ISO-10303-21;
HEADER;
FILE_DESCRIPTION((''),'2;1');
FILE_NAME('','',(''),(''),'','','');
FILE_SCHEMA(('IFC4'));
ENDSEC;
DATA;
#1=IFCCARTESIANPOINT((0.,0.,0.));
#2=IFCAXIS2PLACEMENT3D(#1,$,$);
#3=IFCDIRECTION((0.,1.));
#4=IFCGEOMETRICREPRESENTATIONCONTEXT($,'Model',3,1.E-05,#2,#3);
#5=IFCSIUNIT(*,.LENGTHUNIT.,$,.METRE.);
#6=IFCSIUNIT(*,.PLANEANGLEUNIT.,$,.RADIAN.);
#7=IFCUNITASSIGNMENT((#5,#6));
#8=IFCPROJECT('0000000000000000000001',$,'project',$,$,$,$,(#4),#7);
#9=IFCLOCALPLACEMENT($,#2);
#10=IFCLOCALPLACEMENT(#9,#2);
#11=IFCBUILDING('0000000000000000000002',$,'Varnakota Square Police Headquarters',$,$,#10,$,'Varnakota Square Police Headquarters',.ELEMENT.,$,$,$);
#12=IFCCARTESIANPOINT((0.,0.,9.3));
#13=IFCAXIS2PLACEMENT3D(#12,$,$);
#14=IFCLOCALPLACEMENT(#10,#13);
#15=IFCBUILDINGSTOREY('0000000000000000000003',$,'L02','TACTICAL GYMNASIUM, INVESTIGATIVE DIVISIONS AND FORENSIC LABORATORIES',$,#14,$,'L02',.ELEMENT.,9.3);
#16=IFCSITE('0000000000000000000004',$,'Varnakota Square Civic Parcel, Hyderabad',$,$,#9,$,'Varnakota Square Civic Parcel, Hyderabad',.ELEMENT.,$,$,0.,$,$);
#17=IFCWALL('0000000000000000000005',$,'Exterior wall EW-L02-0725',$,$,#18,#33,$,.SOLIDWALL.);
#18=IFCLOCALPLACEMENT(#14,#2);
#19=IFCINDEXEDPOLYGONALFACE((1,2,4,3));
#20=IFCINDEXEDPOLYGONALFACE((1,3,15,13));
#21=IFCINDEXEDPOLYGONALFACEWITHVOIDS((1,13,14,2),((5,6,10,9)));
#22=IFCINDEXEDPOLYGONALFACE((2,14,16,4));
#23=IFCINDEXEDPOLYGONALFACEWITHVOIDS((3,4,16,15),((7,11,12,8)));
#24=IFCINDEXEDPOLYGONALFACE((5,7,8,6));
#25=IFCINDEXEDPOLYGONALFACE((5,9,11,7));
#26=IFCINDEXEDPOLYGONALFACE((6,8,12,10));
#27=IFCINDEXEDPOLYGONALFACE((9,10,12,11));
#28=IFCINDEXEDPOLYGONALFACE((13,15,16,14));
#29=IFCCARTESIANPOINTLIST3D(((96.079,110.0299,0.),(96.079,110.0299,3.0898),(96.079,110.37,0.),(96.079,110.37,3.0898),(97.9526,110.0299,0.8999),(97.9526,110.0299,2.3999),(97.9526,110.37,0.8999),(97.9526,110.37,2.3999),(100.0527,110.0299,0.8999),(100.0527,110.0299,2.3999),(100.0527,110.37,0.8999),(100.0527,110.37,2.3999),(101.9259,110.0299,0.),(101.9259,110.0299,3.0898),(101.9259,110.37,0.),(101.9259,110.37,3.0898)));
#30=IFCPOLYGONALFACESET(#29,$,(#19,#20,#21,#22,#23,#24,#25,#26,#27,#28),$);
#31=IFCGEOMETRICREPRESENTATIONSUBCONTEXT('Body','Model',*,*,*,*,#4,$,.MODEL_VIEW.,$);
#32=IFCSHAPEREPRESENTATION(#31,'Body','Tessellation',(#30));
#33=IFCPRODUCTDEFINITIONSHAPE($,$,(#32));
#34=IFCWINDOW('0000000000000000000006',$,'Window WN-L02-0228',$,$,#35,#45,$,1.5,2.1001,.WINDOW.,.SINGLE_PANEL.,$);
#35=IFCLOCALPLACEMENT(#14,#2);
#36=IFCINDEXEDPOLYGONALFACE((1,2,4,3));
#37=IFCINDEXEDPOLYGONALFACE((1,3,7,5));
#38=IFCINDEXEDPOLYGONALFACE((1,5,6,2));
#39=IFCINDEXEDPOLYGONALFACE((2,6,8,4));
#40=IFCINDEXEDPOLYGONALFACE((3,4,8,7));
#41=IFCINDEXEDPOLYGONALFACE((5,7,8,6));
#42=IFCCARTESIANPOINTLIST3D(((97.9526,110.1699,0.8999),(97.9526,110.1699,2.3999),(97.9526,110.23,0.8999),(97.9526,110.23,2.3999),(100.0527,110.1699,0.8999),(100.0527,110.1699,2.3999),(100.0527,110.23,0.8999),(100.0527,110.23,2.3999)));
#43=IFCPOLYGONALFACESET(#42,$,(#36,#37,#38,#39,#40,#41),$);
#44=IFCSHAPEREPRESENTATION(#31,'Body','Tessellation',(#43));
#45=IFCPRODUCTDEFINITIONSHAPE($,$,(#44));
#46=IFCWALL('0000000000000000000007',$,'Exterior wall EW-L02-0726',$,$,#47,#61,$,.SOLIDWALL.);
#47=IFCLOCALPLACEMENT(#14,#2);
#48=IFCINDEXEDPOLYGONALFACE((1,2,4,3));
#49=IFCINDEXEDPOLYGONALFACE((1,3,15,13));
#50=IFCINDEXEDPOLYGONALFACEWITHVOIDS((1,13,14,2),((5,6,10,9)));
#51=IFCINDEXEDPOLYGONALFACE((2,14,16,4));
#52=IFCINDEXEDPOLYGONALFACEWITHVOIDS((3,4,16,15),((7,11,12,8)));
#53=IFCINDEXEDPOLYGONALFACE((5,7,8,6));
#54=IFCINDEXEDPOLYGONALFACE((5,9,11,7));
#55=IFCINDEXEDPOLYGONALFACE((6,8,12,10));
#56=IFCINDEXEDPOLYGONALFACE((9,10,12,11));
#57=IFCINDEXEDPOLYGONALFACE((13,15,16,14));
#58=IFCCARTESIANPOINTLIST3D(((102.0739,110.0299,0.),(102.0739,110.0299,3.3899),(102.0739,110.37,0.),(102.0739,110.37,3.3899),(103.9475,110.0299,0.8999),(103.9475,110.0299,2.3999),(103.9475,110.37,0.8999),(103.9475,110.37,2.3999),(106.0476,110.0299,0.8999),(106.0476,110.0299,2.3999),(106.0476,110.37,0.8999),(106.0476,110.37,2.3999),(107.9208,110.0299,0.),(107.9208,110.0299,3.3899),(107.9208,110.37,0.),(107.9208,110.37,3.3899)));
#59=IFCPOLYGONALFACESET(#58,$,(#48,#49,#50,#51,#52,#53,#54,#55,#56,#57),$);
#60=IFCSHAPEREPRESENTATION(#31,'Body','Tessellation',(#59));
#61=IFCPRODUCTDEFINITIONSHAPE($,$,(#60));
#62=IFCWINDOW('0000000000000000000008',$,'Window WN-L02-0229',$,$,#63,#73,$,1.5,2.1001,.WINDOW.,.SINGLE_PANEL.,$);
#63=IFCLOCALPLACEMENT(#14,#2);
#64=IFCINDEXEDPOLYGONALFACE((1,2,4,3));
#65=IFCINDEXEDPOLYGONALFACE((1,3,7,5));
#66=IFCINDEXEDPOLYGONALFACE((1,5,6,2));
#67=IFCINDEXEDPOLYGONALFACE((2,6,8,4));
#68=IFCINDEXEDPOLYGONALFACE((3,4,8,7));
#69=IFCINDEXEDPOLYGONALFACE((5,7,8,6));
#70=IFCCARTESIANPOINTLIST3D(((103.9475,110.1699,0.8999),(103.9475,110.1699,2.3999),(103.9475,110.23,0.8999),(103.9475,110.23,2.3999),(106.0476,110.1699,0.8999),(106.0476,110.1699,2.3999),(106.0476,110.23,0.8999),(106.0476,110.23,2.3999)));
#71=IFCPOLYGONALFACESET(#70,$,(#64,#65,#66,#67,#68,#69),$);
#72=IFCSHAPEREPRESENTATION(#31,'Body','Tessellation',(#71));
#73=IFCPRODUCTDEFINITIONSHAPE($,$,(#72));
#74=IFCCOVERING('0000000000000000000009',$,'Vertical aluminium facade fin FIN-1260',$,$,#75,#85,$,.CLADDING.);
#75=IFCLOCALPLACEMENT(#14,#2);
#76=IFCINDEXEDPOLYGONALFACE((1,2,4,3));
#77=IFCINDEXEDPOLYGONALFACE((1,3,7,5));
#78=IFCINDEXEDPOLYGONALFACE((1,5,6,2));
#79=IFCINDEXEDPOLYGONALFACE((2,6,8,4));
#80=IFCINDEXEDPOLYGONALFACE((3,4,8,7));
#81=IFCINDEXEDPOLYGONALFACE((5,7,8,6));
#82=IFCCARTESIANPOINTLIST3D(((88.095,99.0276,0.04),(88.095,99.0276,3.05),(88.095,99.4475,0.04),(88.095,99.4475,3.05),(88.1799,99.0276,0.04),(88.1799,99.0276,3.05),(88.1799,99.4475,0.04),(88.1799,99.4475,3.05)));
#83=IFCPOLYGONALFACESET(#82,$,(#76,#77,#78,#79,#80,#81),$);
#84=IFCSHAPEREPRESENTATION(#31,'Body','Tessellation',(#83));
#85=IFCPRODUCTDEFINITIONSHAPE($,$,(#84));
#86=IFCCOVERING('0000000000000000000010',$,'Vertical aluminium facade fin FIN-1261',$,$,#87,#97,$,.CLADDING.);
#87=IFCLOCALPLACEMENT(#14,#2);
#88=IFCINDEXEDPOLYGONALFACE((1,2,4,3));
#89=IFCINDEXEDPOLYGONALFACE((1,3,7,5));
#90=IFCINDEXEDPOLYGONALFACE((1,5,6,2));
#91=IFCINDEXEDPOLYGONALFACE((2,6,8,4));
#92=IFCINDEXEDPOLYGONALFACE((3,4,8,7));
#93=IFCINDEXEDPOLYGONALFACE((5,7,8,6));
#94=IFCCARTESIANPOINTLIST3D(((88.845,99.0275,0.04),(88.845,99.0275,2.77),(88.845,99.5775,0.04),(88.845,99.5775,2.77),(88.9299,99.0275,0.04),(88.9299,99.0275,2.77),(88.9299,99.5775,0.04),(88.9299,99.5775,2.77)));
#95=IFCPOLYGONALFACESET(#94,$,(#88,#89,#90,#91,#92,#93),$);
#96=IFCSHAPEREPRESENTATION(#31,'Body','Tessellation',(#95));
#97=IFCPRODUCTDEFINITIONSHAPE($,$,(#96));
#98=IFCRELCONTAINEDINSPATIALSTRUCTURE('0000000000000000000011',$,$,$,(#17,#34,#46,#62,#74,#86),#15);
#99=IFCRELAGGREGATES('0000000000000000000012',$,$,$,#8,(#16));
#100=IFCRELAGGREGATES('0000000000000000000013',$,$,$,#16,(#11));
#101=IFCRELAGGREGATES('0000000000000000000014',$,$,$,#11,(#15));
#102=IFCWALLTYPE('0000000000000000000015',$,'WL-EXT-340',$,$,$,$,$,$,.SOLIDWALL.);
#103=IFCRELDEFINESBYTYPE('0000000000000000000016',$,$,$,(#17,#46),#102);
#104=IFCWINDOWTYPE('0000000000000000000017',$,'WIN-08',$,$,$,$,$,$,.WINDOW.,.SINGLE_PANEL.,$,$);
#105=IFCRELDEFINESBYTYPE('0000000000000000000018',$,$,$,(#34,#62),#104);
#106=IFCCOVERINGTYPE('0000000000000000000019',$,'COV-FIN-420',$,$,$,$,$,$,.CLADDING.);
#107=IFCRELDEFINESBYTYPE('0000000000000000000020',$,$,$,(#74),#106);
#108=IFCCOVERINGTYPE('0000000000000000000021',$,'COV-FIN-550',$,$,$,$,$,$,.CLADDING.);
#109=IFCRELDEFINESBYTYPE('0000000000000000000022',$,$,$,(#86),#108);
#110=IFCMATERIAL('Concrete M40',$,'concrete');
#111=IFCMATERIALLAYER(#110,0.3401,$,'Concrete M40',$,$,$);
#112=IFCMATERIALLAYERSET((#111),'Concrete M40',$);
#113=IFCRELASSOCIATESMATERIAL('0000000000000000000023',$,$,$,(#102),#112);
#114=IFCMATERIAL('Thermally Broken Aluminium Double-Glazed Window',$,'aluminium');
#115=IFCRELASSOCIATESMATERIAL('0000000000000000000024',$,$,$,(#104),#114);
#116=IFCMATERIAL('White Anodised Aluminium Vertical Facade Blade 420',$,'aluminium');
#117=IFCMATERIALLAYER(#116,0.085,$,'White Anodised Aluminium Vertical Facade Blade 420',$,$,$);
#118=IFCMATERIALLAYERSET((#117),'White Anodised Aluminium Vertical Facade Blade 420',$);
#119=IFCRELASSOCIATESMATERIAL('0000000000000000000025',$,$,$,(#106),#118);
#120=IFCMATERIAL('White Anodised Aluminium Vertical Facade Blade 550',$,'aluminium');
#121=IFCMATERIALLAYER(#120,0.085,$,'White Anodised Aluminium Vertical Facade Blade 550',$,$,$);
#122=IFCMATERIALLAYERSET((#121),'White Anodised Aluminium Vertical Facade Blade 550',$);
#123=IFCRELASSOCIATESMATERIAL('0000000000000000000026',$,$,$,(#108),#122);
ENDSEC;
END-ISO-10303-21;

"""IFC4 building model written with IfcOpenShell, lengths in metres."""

from ifc_helpers import new_model, si_unit, direction, frame, frame_2d, origin, origin_2d, place, context, subcontext, project, spatial, rectangle, extrude, material, layer, layer_set, type_object, element, fill, save


model = new_model("IFC4")

# Units and contexts
model_context = context("Model", 3, precision=1e-05, world=origin(), true_north=direction((0.0, 1.0)))
body_context = subcontext(model_context, "Body", "Model", "MODEL_VIEW")
ifc_project = project(units=[si_unit("LENGTHUNIT", "METRE"), si_unit("PLANEANGLEUNIT", "RADIAN")], contexts=[model_context])

# Site, building, storey
site_placement = place(None, origin())
site = spatial("IfcSite", under=ifc_project, at=site_placement, Name="Varnakota Square Civic Parcel, Hyderabad", LongName="Varnakota Square Civic Parcel, Hyderabad", CompositionType="ELEMENT", RefElevation=0.0)
building_placement = place(site_placement, origin())
building = spatial("IfcBuilding", under=site, at=building_placement, Name="Varnakota Square Police Headquarters", LongName="Varnakota Square Police Headquarters", CompositionType="ELEMENT")
storey_placement = place(building_placement, frame((0.0, 0.0, 9.3)))
storey = spatial("IfcBuildingStorey", under=building, at=storey_placement, Name="L02", Description="TACTICAL GYMNASIUM, INVESTIGATIVE DIVISIONS AND FORENSIC LABORATORIES", LongName="L02", CompositionType="ELEMENT", Elevation=9.3)

# Walls, openings, windows
ifc_material_1 = material(Name="Concrete M40", Category="concrete")
ifc_layer_1 = layer(ifc_material_1, 0.3401, Name="Concrete M40")
ifc_layer_set_1 = layer_set([ifc_layer_1], Name="Concrete M40")
wall_type = type_object("IfcWallType", Name="WL-EXT-340", PredefinedType="SOLIDWALL", material=ifc_layer_set_1)
wall_1_placement = place(storey_placement, frame((96.0791, 110.2, 0.0), z_axis=(0.0, 0.0, 1.0), x_axis=(1.0, 0.0, 0.0)))
wall_1 = element("IfcWall", 1, at=wall_1_placement, inside=storey, type_object=wall_type, Name="Exterior wall EW-L02-0725", PredefinedType="SOLIDWALL", context=body_context, shape_type="SweptSolid", body=[
    extrude(rectangle(XDim=5.8469, YDim=0.3401, at=frame_2d((2.9233, 0.0))), origin(), (0.0, 0.0, 1.0), 3.0898),
])
opening_1_placement = place(wall_1_placement, frame((1.8735, 0.0, 0.8999)))
opening_1 = element("IfcOpeningElement", 2, at=opening_1_placement, cuts=wall_1, PredefinedType="OPENING", context=body_context, shape_type="SweptSolid", body=[
    extrude(rectangle(XDim=2.1001, YDim=1.5, at=frame_2d((1.05, 0.75))), frame((0.0, 0.1799, 0.0), z_axis=(0.0, -1.0, 0.0), x_axis=(1.0, 0.0, 0.0)), (0.0, 0.0, 1.0), 0.3601),
])
ifc_material_2 = material(Name="Thermally Broken Aluminium Double-Glazed Window", Category="aluminium")
window_type = type_object("IfcWindowType", Name="WIN-08", PartitioningType="SINGLE_PANEL", PredefinedType="WINDOW", material=ifc_material_2)
window_1_placement = place(opening_1_placement, origin())
window_1 = element("IfcWindow", 3, at=window_1_placement, inside=storey, type_object=window_type, Name="Window WN-L02-0228", OverallHeight=1.5, OverallWidth=2.1001, PartitioningType="SINGLE_PANEL", PredefinedType="WINDOW", context=body_context, shape_type="SweptSolid", body=[
    extrude(rectangle(XDim=2.1001, YDim=1.5, at=frame_2d((1.05, 0.75))), frame((0.0, 0.03, 0.0), z_axis=(0.0, -1.0, 0.0), x_axis=(1.0, 0.0, 0.0)), (0.0, 0.0, 1.0), 0.0601),
])
fill(opening_1, window_1)
wall_2_placement = place(storey_placement, frame((102.074, 110.2, 0.0), z_axis=(0.0, 0.0, 1.0), x_axis=(1.0, 0.0, 0.0)))
wall_2 = element("IfcWall", 4, at=wall_2_placement, inside=storey, type_object=wall_type, Name="Exterior wall EW-L02-0726", PredefinedType="SOLIDWALL", context=body_context, shape_type="SweptSolid", body=[
    extrude(rectangle(XDim=5.8469, YDim=0.3401, at=frame_2d((2.9233, 0.0))), origin(), (0.0, 0.0, 1.0), 3.3899),
])
opening_2_placement = place(wall_2_placement, frame((1.8735, 0.0, 0.8999)))
opening_2 = element("IfcOpeningElement", 5, at=opening_2_placement, cuts=wall_2, PredefinedType="OPENING", context=body_context, shape_type="SweptSolid", body=[
    extrude(rectangle(XDim=2.1001, YDim=1.5, at=frame_2d((1.05, 0.75))), frame((0.0, 0.1799, 0.0), z_axis=(0.0, -1.0, 0.0), x_axis=(1.0, 0.0, 0.0)), (0.0, 0.0, 1.0), 0.3601),
])
window_2_placement = place(opening_2_placement, origin())
window_2 = element("IfcWindow", 6, at=window_2_placement, inside=storey, type_object=window_type, Name="Window WN-L02-0229", OverallHeight=1.5, OverallWidth=2.1001, PartitioningType="SINGLE_PANEL", PredefinedType="WINDOW", context=body_context, shape_type="SweptSolid", body=[
    extrude(rectangle(XDim=2.1001, YDim=1.5, at=frame_2d((1.05, 0.75))), frame((0.0, 0.03, 0.0), z_axis=(0.0, -1.0, 0.0), x_axis=(1.0, 0.0, 0.0)), (0.0, 0.0, 1.0), 0.0601),
])
fill(opening_2, window_2)

# Coverings
ifc_material_3 = material(Name="White Anodised Aluminium Vertical Facade Blade 420", Category="aluminium")
ifc_layer_2 = layer(ifc_material_3, 0.085, Name="White Anodised Aluminium Vertical Facade Blade 420")
ifc_layer_set_2 = layer_set([ifc_layer_2], Name="White Anodised Aluminium Vertical Facade Blade 420")
covering_type_1 = type_object("IfcCoveringType", Name="COV-FIN-420", PredefinedType="CLADDING", material=ifc_layer_set_2)
covering_1_placement = place(storey_placement, frame((88.1375, 99.2375, 0.04), z_axis=(0.0, 0.0, 1.0), x_axis=(1.0, 0.0, 0.0)))
element("IfcCovering", 7, at=covering_1_placement, inside=storey, type_object=covering_type_1, Name="Vertical aluminium facade fin FIN-1260", PredefinedType="CLADDING", context=body_context, shape_type="SweptSolid", body=[
    extrude(rectangle(XDim=0.085, YDim=0.4199, at=origin_2d()), origin(), (0.0, 0.0, 1.0), 3.01),
])
ifc_material_4 = material(Name="White Anodised Aluminium Vertical Facade Blade 550", Category="aluminium")
ifc_layer_3 = layer(ifc_material_4, 0.085, Name="White Anodised Aluminium Vertical Facade Blade 550")
ifc_layer_set_3 = layer_set([ifc_layer_3], Name="White Anodised Aluminium Vertical Facade Blade 550")
covering_type_2 = type_object("IfcCoveringType", Name="COV-FIN-550", PredefinedType="CLADDING", material=ifc_layer_set_3)
covering_2_placement = place(storey_placement, frame((88.8875, 99.3025, 0.04), z_axis=(0.0, 0.0, 1.0), x_axis=(1.0, 0.0, 0.0)))
element("IfcCovering", 8, at=covering_2_placement, inside=storey, type_object=covering_type_2, Name="Vertical aluminium facade fin FIN-1261", PredefinedType="CLADDING", context=body_context, shape_type="SweptSolid", body=[
    extrude(rectangle(XDim=0.085, YDim=0.55, at=origin_2d()), origin(), (0.0, 0.0, 1.0), 2.73),
])

save(model, "model.ifc")
